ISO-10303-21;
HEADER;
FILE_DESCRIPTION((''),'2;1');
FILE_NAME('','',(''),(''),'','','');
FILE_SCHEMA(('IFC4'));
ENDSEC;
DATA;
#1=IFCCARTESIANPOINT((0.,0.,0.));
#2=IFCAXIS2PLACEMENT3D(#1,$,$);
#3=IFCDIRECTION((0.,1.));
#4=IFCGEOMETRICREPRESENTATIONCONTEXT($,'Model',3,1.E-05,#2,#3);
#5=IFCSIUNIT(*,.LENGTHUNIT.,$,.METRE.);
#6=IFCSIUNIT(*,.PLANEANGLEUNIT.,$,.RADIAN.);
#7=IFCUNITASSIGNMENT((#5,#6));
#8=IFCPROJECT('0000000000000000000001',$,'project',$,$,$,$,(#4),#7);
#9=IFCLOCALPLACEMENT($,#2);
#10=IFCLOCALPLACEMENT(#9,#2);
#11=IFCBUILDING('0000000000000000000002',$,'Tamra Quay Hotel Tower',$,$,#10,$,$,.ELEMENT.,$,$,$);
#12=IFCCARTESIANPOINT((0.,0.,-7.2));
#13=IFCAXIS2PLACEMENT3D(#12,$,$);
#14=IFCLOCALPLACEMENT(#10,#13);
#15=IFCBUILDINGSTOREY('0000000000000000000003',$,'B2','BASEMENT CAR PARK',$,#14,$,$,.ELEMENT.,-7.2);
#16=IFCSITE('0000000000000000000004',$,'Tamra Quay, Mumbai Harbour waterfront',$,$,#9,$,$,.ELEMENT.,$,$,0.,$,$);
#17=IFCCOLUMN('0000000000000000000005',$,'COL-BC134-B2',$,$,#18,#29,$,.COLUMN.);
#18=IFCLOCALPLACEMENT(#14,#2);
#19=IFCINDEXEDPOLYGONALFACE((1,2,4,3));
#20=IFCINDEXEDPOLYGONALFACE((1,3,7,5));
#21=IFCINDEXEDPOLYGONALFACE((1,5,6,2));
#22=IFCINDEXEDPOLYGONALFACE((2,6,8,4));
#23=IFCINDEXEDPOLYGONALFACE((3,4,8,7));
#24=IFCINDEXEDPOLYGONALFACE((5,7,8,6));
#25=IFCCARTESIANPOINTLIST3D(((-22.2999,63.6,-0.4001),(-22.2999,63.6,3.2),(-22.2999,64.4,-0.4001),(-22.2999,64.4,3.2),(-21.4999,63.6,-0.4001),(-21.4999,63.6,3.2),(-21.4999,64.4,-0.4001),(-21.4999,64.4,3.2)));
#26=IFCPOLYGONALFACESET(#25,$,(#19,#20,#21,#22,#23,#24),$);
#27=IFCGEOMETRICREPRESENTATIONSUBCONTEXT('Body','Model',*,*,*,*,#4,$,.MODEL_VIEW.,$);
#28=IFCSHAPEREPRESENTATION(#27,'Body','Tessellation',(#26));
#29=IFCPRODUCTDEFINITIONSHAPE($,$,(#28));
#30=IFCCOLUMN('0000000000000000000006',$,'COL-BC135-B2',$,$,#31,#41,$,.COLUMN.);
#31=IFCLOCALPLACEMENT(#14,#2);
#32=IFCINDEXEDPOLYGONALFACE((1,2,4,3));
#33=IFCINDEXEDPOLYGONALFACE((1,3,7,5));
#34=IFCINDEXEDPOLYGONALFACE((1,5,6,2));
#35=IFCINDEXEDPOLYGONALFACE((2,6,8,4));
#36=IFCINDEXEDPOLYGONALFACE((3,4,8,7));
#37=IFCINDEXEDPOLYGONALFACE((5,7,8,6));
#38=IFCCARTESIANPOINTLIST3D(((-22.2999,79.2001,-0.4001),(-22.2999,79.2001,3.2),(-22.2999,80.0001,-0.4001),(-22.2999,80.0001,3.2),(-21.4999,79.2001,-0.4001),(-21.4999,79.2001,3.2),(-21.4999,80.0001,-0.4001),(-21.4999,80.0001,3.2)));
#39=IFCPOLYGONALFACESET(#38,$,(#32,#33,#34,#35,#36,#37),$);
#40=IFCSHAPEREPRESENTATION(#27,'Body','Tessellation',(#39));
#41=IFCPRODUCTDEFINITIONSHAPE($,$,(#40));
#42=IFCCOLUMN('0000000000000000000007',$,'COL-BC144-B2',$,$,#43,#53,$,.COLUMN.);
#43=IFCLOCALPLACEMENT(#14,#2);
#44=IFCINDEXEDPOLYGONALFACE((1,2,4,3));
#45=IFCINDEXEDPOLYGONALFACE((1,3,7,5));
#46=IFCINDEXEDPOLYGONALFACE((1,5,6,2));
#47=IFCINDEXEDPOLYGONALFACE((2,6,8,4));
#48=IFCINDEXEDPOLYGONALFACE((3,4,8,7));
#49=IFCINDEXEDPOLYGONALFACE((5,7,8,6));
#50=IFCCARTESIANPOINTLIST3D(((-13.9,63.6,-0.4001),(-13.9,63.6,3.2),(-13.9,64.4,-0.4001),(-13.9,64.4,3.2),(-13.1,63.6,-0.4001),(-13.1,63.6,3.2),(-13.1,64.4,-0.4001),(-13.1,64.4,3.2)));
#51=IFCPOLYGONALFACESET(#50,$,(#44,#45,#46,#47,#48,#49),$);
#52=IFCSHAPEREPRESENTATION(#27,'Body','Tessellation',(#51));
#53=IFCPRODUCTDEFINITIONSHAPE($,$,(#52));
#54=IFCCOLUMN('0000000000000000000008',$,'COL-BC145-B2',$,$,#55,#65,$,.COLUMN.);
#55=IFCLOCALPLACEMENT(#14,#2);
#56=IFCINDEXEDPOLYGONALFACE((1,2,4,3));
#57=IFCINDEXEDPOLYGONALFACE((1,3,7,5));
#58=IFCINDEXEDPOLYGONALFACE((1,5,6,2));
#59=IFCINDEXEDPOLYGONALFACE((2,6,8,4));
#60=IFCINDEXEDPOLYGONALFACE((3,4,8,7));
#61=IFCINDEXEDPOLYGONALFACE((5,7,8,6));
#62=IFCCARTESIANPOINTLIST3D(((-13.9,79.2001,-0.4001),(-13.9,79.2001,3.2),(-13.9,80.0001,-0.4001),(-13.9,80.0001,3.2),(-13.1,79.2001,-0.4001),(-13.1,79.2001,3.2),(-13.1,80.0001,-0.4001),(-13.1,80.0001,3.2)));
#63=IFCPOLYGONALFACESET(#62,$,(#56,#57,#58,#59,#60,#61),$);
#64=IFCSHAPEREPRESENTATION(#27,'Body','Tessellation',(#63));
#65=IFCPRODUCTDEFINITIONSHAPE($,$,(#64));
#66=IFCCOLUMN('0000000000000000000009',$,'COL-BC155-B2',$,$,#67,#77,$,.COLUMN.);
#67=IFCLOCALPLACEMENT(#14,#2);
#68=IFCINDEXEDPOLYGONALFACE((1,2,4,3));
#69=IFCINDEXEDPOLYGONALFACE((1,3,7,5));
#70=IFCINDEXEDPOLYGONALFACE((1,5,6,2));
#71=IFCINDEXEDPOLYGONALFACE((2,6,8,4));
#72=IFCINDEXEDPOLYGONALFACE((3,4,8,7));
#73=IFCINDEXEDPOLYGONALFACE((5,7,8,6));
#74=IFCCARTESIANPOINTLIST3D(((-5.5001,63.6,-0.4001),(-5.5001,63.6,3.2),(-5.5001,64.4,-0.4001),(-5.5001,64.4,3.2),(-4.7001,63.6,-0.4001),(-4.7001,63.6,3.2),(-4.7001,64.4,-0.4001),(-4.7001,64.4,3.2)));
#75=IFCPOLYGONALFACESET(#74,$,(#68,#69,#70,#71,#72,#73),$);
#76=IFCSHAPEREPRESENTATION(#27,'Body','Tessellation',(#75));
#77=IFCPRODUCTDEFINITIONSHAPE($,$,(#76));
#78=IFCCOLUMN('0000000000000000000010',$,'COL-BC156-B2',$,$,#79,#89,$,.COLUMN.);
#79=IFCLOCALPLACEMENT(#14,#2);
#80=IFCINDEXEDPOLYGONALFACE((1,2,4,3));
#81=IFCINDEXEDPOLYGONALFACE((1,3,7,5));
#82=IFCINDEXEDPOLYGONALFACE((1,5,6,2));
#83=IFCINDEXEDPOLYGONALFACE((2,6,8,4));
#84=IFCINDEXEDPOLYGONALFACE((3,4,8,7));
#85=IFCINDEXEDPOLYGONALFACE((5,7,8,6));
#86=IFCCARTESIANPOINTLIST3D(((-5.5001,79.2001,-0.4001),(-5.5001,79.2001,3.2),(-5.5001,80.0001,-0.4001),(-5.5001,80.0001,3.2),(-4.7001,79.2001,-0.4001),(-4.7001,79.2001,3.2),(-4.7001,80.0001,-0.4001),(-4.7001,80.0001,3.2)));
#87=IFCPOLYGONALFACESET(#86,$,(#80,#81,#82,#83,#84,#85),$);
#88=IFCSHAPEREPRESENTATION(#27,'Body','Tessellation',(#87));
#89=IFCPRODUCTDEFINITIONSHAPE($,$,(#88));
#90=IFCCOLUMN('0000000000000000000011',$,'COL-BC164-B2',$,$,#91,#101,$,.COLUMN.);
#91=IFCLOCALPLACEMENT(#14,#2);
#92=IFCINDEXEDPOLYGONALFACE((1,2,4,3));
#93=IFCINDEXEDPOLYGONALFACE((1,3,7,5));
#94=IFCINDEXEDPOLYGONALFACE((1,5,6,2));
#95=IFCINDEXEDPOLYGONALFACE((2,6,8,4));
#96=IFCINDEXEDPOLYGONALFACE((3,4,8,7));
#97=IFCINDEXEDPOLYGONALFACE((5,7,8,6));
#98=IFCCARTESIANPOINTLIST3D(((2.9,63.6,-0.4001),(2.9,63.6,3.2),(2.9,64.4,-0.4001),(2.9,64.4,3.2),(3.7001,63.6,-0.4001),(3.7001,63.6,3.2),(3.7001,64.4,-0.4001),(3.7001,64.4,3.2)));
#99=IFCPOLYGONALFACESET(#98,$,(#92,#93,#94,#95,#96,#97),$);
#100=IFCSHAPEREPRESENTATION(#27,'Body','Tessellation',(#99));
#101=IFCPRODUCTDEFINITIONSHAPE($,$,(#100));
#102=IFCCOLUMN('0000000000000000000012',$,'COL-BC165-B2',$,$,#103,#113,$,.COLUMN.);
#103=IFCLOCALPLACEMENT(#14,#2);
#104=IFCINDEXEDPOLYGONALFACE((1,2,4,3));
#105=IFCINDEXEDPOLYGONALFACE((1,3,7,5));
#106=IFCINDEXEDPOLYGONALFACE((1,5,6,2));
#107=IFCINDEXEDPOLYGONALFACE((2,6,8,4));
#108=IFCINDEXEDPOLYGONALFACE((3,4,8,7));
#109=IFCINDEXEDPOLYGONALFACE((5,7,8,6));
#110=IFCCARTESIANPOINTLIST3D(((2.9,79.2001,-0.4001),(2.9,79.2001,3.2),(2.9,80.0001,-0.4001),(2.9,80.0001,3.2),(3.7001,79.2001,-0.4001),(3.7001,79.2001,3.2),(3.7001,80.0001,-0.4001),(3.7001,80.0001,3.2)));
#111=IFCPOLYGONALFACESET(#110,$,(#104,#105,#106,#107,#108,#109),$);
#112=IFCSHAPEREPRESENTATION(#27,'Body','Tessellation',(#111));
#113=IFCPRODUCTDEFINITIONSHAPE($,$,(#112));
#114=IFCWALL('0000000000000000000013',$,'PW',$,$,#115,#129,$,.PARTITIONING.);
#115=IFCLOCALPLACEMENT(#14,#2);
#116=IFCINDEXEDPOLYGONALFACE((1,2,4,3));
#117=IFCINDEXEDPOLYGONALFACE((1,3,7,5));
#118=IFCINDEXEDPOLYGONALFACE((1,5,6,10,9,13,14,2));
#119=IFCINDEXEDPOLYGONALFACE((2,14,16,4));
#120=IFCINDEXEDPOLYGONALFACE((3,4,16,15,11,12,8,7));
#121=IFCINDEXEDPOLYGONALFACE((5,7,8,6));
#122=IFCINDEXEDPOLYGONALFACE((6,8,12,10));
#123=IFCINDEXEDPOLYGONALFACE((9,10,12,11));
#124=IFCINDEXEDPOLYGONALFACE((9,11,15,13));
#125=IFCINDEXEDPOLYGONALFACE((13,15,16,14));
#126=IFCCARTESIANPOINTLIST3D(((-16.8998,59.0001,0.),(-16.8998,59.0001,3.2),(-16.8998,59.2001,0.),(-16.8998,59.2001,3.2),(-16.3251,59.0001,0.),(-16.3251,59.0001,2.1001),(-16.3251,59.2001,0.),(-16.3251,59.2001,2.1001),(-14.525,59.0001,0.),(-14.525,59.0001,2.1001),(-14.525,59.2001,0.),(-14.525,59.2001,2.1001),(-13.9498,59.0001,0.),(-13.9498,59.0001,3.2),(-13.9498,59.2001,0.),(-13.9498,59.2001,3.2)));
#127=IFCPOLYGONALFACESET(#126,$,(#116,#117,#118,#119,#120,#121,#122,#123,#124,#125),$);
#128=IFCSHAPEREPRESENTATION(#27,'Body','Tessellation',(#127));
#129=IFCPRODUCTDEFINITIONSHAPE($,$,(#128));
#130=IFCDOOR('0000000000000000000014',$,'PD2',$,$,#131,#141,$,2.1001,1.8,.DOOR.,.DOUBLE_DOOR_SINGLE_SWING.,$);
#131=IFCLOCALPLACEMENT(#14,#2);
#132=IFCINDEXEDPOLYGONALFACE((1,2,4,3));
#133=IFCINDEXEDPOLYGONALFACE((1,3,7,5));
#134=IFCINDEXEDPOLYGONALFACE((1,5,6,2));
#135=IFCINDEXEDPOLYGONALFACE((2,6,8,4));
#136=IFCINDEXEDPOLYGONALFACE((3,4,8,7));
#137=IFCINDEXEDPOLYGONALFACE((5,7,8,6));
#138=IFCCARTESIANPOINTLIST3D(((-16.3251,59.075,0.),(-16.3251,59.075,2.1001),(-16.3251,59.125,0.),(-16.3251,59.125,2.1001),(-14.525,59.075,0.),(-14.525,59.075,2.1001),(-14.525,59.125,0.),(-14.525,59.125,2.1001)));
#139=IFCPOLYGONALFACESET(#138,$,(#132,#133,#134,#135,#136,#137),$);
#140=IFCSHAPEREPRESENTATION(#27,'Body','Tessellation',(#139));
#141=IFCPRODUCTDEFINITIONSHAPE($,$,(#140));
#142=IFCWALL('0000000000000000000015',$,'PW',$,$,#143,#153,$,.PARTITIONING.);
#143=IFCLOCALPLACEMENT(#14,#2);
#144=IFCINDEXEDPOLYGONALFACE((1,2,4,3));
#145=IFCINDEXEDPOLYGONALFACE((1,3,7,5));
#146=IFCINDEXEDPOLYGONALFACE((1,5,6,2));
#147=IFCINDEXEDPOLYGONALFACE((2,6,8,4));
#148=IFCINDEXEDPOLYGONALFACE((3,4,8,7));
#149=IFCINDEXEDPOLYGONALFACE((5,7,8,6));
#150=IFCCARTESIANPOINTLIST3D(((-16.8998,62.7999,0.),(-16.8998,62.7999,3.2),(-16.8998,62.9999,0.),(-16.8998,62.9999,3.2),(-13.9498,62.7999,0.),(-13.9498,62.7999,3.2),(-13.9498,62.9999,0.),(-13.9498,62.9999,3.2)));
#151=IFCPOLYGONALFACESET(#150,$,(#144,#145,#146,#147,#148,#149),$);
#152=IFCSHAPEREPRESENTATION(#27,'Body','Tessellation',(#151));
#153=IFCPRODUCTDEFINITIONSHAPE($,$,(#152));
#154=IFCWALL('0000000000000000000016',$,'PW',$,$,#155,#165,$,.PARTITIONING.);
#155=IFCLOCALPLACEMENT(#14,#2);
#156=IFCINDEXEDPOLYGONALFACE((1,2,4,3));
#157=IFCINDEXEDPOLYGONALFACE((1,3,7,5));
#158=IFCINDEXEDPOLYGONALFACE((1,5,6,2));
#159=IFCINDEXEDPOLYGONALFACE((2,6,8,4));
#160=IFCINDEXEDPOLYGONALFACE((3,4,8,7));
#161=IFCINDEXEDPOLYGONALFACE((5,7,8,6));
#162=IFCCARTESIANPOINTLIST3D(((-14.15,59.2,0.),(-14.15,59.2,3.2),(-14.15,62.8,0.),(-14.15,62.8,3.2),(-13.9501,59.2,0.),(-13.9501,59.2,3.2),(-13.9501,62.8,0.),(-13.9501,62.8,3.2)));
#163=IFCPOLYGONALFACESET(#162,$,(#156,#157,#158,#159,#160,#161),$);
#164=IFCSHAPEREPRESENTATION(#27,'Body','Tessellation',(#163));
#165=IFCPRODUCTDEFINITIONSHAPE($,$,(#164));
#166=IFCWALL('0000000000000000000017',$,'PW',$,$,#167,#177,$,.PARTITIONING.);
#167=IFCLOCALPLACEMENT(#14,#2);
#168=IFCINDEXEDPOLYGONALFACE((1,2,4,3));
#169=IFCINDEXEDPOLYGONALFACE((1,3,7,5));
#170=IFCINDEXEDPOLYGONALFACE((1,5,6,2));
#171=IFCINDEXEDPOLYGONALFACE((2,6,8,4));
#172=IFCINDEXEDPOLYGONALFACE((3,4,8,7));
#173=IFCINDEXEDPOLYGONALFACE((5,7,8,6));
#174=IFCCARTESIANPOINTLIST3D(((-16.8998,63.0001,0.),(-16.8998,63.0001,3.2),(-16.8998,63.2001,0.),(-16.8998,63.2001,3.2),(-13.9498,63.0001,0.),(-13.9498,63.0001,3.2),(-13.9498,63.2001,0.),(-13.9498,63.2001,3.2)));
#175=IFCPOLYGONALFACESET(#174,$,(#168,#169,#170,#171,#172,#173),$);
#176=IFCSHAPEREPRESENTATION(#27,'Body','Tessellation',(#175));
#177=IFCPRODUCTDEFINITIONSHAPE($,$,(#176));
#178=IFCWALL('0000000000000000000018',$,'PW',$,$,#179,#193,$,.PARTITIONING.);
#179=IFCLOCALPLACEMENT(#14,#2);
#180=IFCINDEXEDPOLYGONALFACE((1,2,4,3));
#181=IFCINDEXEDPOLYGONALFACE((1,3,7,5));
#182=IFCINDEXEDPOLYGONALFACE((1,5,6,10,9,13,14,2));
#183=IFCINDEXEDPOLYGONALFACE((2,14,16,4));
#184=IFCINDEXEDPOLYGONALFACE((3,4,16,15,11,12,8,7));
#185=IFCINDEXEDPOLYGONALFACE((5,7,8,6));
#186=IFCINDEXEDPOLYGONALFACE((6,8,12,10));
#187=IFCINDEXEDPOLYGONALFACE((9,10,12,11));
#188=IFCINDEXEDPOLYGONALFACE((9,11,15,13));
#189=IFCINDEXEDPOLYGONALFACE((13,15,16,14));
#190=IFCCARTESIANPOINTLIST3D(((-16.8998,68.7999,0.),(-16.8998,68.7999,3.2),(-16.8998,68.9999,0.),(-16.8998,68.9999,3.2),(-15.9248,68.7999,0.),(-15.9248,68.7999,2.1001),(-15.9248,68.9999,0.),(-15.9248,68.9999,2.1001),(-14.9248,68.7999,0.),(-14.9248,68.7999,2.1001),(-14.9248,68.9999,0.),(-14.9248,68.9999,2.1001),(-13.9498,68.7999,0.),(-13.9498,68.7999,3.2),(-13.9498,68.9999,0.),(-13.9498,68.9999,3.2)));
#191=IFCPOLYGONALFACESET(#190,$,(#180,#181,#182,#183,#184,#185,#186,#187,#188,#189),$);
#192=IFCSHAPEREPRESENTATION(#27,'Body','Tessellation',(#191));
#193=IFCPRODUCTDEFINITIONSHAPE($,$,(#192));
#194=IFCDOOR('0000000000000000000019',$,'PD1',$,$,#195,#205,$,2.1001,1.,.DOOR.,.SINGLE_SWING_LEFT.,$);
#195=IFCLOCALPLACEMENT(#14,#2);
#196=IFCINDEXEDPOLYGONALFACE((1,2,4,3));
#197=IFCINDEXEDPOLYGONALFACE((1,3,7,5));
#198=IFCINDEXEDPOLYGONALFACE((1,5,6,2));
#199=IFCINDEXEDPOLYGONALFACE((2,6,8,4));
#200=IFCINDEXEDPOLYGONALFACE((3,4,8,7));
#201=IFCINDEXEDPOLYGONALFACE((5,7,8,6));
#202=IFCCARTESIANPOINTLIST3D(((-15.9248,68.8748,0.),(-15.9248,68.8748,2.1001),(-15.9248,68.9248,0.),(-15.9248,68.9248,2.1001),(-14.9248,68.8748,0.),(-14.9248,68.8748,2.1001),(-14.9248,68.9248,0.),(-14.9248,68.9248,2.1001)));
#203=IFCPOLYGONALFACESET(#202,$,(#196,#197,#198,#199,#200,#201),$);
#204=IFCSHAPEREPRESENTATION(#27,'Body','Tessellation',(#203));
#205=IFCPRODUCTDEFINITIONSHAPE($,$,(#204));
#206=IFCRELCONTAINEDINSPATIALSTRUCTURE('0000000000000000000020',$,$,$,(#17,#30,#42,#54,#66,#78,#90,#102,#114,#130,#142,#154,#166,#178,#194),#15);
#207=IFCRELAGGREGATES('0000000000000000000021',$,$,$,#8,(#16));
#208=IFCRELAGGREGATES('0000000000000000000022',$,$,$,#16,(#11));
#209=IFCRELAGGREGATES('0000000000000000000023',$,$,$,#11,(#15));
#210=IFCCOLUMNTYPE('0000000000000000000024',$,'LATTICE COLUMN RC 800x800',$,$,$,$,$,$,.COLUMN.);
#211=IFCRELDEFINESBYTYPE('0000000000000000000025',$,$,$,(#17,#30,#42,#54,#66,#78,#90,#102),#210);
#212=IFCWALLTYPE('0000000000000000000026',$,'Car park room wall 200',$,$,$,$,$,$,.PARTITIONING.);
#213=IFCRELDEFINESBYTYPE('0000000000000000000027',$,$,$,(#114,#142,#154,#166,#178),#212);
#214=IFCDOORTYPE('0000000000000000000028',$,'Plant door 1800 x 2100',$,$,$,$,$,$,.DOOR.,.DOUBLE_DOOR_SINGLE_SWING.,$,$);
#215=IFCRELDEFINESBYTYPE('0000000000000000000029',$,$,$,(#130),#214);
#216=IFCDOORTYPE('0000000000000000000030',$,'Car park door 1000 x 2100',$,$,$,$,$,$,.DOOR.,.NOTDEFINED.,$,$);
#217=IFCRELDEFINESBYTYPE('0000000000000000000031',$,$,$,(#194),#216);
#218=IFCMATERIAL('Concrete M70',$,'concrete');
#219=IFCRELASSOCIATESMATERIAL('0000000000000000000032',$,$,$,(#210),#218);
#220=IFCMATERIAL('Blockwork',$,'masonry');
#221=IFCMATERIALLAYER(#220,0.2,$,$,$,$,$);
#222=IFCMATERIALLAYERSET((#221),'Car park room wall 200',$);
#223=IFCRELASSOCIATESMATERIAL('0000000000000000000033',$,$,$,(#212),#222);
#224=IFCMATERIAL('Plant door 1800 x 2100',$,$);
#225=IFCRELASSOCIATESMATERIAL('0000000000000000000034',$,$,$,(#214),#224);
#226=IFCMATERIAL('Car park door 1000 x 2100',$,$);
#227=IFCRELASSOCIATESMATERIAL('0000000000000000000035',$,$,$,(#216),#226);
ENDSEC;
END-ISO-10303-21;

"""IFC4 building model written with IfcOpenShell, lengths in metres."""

from ifc_helpers import new_model, si_unit, direction, frame, frame_2d, origin, origin_2d, place, context, subcontext, project, spatial, rectangle, extrude, material, layer, layer_set, material_profile, profile_set, type_object, element, fill, save


model = new_model("IFC4")

# Units and contexts
model_context = context("Model", 3, precision=1e-05, world=origin(), true_north=direction((0.0, 1.0)))
body_context = subcontext(model_context, "Body", "Model", "MODEL_VIEW")
ifc_project = project(units=[si_unit("LENGTHUNIT", "METRE"), si_unit("PLANEANGLEUNIT", "RADIAN")], contexts=[model_context])

# Site, building, storey
site_placement = place(None, origin())
site = spatial("IfcSite", under=ifc_project, at=site_placement, Name="Tamra Quay, Mumbai Harbour waterfront", CompositionType="ELEMENT", RefElevation=0.0)
building_placement = place(site_placement, origin())
building = spatial("IfcBuilding", under=site, at=building_placement, Name="Tamra Quay Hotel Tower", CompositionType="ELEMENT")
storey_placement = place(building_placement, frame((0.0, 0.0, -7.2)))
storey = spatial("IfcBuildingStorey", under=building, at=storey_placement, Name="B2", Description="BASEMENT CAR PARK", CompositionType="ELEMENT", Elevation=-7.2)

# Columns
ifc_material_1 = material(Name="Concrete M70", Category="concrete")
ifc_material_profile = material_profile(ifc_material_1, rectangle(XDim=0.8, YDim=0.8, at=origin_2d()), Name="LATTICE COLUMN RC 800x800")
ifc_profile_set = profile_set([ifc_material_profile], Name="Concrete M70")
column_type = type_object("IfcColumnType", Name="LATTICE COLUMN RC 800x800", PredefinedType="COLUMN", material=ifc_profile_set)
for number, where, z_axis, x_axis, name in (
    (1, (-21.8999, 64.0, -0.4001), (0.0, 0.0, 1.0), (1.0, 0.0, 0.0), "COL-BC134-B2"),
    (2, (-21.8999, 79.6001, -0.4001), (0.0, 0.0, 1.0), (1.0, 0.0, 0.0), "COL-BC135-B2"),
    (3, (-13.5, 64.0, -0.4001), (0.0, 0.0, 1.0), (1.0, 0.0, 0.0), "COL-BC144-B2"),
    (4, (-13.5, 79.6001, -0.4001), (0.0, 0.0, 1.0), (1.0, 0.0, 0.0), "COL-BC145-B2"),
    (5, (-5.1001, 64.0, -0.4001), (0.0, 0.0, 1.0), (1.0, 0.0, 0.0), "COL-BC155-B2"),
    (6, (-5.1001, 79.6001, -0.4001), (0.0, 0.0, 1.0), (1.0, 0.0, 0.0), "COL-BC156-B2"),
    (7, (3.3, 64.0, -0.4001), (0.0, 0.0, 1.0), (1.0, 0.0, 0.0), "COL-BC164-B2"),
    (8, (3.3, 79.6001, -0.4001), (0.0, 0.0, 1.0), (1.0, 0.0, 0.0), "COL-BC165-B2"),
):
    element("IfcColumn", number, at=place(storey_placement, frame(where, z_axis=z_axis, x_axis=x_axis)), inside=storey, type_object=column_type, Name=name, PredefinedType="COLUMN", context=body_context, shape_type="SweptSolid", body=[
        extrude(rectangle(XDim=0.8, YDim=0.8, at=origin_2d()), origin(), (0.0, 0.0, 1.0), 3.6001),
    ])

# Wall, opening, door
ifc_material_2 = material(Name="Blockwork", Category="masonry")
ifc_layer_1 = layer(ifc_material_2, 0.2)
ifc_layer_set_1 = layer_set([ifc_layer_1], Name="Car park room wall 200")
wall_type_1 = type_object("IfcWallType", Name="Car park room wall 200", PredefinedType="PARTITIONING", material=ifc_layer_set_1)
wall_1_placement = place(storey_placement, frame((-16.8999, 59.1001, 0.0), z_axis=(0.0, 0.0, 1.0), x_axis=(1.0, 0.0, 0.0)))
wall_1 = element("IfcWall", 9, at=wall_1_placement, inside=storey, type_object=wall_type_1, Name="PW", PredefinedType="PARTITIONING", context=body_context, shape_type="SweptSolid", body=[
    extrude(rectangle(XDim=2.95, YDim=0.2, at=frame_2d((1.4751, 0.0))), origin(), (0.0, 0.0, 1.0), 3.2),
])
opening_1_placement = place(wall_1_placement, frame((0.575, 0.0, 0.0)))
opening_1 = element("IfcOpeningElement", 10, at=opening_1_placement, cuts=wall_1, PredefinedType="OPENING", context=body_context, shape_type="SweptSolid", body=[
    extrude(rectangle(XDim=1.8, YDim=2.1001, at=frame_2d((0.8999, 1.05))), frame((0.0, 0.1099, 0.0), z_axis=(0.0, -1.0, 0.0), x_axis=(1.0, 0.0, 0.0)), (0.0, 0.0, 1.0), 0.22),
])
ifc_material_3 = material(Name="Plant door 1800 x 2100")
door_type_1 = type_object("IfcDoorType", Name="Plant door 1800 x 2100", OperationType="DOUBLE_DOOR_SINGLE_SWING", PredefinedType="DOOR", material=ifc_material_3)
door_1_placement = place(opening_1_placement, origin())
door_1 = element("IfcDoor", 11, at=door_1_placement, inside=storey, type_object=door_type_1, Name="PD2", OperationType="DOUBLE_DOOR_SINGLE_SWING", OverallHeight=2.1001, OverallWidth=1.8, PredefinedType="DOOR", context=body_context, shape_type="SweptSolid", body=[
    extrude(rectangle(XDim=1.8, YDim=2.1001, at=frame_2d((0.8999, 1.05))), frame((0.0, 0.0249, 0.0), z_axis=(0.0, -1.0, 0.0), x_axis=(1.0, 0.0, 0.0)), (0.0, 0.0, 1.0), 0.05),
])
fill(opening_1, door_1)

# Walls
wall_2_placement = place(storey_placement, frame((-16.8999, 62.8999, 0.0), z_axis=(0.0, 0.0, 1.0), x_axis=(1.0, 0.0, 0.0)))
element("IfcWall", 12, at=wall_2_placement, inside=storey, type_object=wall_type_1, Name="PW", PredefinedType="PARTITIONING", context=body_context, shape_type="SweptSolid", body=[
    extrude(rectangle(XDim=2.95, YDim=0.2, at=frame_2d((1.4751, 0.0))), origin(), (0.0, 0.0, 1.0), 3.2),
])
wall_3_placement = place(storey_placement, frame((-14.05, 59.2, 0.0), z_axis=(0.0, 0.0, 1.0), x_axis=(0.0, 1.0, 0.0)))
element("IfcWall", 13, at=wall_3_placement, inside=storey, type_object=wall_type_1, Name="PW", PredefinedType="PARTITIONING", context=body_context, shape_type="SweptSolid", body=[
    extrude(rectangle(XDim=3.6001, YDim=0.2, at=frame_2d((1.8, 0.0))), origin(), (0.0, 0.0, 1.0), 3.2),
])
wall_4_placement = place(storey_placement, frame((-16.8999, 63.1001, 0.0), z_axis=(0.0, 0.0, 1.0), x_axis=(1.0, 0.0, 0.0)))
element("IfcWall", 14, at=wall_4_placement, inside=storey, type_object=wall_type_1, Name="PW", PredefinedType="PARTITIONING", context=body_context, shape_type="SweptSolid", body=[
    extrude(rectangle(XDim=2.95, YDim=0.2, at=frame_2d((1.4751, 0.0))), origin(), (0.0, 0.0, 1.0), 3.2),
])

# Wall, opening, door
wall_5_placement = place(storey_placement, frame((-16.8999, 68.8999, 0.0), z_axis=(0.0, 0.0, 1.0), x_axis=(1.0, 0.0, 0.0)))
wall_5 = element("IfcWall", 15, at=wall_5_placement, inside=storey, type_object=wall_type_1, Name="PW", PredefinedType="PARTITIONING", context=body_context, shape_type="SweptSolid", body=[
    extrude(rectangle(XDim=2.95, YDim=0.2, at=frame_2d((1.4751, 0.0))), origin(), (0.0, 0.0, 1.0), 3.2),
])
opening_2_placement = place(wall_5_placement, frame((0.9751, 0.0, 0.0)))
opening_2 = element("IfcOpeningElement", 16, at=opening_2_placement, cuts=wall_5, PredefinedType="OPENING", context=body_context, shape_type="SweptSolid", body=[
    extrude(rectangle(XDim=1.0, YDim=2.1001, at=frame_2d((0.5, 1.05))), frame((0.0, 0.1099, 0.0), z_axis=(0.0, -1.0, 0.0), x_axis=(1.0, 0.0, 0.0)), (0.0, 0.0, 1.0), 0.22),
])
ifc_material_4 = material(Name="Car park door 1000 x 2100")
door_type_2 = type_object("IfcDoorType", Name="Car park door 1000 x 2100", OperationType="NOTDEFINED", PredefinedType="DOOR", material=ifc_material_4)
door_2_placement = place(opening_2_placement, origin())
door_2 = element("IfcDoor", 17, at=door_2_placement, inside=storey, type_object=door_type_2, Name="PD1", OperationType="SINGLE_SWING_LEFT", OverallHeight=2.1001, OverallWidth=1.0, PredefinedType="DOOR", context=body_context, shape_type="SweptSolid", body=[
    extrude(rectangle(XDim=1.0, YDim=2.1001, at=frame_2d((0.5, 1.05))), frame((0.0, 0.0249, 0.0), z_axis=(0.0, -1.0, 0.0), x_axis=(1.0, 0.0, 0.0)), (0.0, 0.0, 1.0), 0.05),
])
fill(opening_2, door_2)

save(model, "model.ifc")
